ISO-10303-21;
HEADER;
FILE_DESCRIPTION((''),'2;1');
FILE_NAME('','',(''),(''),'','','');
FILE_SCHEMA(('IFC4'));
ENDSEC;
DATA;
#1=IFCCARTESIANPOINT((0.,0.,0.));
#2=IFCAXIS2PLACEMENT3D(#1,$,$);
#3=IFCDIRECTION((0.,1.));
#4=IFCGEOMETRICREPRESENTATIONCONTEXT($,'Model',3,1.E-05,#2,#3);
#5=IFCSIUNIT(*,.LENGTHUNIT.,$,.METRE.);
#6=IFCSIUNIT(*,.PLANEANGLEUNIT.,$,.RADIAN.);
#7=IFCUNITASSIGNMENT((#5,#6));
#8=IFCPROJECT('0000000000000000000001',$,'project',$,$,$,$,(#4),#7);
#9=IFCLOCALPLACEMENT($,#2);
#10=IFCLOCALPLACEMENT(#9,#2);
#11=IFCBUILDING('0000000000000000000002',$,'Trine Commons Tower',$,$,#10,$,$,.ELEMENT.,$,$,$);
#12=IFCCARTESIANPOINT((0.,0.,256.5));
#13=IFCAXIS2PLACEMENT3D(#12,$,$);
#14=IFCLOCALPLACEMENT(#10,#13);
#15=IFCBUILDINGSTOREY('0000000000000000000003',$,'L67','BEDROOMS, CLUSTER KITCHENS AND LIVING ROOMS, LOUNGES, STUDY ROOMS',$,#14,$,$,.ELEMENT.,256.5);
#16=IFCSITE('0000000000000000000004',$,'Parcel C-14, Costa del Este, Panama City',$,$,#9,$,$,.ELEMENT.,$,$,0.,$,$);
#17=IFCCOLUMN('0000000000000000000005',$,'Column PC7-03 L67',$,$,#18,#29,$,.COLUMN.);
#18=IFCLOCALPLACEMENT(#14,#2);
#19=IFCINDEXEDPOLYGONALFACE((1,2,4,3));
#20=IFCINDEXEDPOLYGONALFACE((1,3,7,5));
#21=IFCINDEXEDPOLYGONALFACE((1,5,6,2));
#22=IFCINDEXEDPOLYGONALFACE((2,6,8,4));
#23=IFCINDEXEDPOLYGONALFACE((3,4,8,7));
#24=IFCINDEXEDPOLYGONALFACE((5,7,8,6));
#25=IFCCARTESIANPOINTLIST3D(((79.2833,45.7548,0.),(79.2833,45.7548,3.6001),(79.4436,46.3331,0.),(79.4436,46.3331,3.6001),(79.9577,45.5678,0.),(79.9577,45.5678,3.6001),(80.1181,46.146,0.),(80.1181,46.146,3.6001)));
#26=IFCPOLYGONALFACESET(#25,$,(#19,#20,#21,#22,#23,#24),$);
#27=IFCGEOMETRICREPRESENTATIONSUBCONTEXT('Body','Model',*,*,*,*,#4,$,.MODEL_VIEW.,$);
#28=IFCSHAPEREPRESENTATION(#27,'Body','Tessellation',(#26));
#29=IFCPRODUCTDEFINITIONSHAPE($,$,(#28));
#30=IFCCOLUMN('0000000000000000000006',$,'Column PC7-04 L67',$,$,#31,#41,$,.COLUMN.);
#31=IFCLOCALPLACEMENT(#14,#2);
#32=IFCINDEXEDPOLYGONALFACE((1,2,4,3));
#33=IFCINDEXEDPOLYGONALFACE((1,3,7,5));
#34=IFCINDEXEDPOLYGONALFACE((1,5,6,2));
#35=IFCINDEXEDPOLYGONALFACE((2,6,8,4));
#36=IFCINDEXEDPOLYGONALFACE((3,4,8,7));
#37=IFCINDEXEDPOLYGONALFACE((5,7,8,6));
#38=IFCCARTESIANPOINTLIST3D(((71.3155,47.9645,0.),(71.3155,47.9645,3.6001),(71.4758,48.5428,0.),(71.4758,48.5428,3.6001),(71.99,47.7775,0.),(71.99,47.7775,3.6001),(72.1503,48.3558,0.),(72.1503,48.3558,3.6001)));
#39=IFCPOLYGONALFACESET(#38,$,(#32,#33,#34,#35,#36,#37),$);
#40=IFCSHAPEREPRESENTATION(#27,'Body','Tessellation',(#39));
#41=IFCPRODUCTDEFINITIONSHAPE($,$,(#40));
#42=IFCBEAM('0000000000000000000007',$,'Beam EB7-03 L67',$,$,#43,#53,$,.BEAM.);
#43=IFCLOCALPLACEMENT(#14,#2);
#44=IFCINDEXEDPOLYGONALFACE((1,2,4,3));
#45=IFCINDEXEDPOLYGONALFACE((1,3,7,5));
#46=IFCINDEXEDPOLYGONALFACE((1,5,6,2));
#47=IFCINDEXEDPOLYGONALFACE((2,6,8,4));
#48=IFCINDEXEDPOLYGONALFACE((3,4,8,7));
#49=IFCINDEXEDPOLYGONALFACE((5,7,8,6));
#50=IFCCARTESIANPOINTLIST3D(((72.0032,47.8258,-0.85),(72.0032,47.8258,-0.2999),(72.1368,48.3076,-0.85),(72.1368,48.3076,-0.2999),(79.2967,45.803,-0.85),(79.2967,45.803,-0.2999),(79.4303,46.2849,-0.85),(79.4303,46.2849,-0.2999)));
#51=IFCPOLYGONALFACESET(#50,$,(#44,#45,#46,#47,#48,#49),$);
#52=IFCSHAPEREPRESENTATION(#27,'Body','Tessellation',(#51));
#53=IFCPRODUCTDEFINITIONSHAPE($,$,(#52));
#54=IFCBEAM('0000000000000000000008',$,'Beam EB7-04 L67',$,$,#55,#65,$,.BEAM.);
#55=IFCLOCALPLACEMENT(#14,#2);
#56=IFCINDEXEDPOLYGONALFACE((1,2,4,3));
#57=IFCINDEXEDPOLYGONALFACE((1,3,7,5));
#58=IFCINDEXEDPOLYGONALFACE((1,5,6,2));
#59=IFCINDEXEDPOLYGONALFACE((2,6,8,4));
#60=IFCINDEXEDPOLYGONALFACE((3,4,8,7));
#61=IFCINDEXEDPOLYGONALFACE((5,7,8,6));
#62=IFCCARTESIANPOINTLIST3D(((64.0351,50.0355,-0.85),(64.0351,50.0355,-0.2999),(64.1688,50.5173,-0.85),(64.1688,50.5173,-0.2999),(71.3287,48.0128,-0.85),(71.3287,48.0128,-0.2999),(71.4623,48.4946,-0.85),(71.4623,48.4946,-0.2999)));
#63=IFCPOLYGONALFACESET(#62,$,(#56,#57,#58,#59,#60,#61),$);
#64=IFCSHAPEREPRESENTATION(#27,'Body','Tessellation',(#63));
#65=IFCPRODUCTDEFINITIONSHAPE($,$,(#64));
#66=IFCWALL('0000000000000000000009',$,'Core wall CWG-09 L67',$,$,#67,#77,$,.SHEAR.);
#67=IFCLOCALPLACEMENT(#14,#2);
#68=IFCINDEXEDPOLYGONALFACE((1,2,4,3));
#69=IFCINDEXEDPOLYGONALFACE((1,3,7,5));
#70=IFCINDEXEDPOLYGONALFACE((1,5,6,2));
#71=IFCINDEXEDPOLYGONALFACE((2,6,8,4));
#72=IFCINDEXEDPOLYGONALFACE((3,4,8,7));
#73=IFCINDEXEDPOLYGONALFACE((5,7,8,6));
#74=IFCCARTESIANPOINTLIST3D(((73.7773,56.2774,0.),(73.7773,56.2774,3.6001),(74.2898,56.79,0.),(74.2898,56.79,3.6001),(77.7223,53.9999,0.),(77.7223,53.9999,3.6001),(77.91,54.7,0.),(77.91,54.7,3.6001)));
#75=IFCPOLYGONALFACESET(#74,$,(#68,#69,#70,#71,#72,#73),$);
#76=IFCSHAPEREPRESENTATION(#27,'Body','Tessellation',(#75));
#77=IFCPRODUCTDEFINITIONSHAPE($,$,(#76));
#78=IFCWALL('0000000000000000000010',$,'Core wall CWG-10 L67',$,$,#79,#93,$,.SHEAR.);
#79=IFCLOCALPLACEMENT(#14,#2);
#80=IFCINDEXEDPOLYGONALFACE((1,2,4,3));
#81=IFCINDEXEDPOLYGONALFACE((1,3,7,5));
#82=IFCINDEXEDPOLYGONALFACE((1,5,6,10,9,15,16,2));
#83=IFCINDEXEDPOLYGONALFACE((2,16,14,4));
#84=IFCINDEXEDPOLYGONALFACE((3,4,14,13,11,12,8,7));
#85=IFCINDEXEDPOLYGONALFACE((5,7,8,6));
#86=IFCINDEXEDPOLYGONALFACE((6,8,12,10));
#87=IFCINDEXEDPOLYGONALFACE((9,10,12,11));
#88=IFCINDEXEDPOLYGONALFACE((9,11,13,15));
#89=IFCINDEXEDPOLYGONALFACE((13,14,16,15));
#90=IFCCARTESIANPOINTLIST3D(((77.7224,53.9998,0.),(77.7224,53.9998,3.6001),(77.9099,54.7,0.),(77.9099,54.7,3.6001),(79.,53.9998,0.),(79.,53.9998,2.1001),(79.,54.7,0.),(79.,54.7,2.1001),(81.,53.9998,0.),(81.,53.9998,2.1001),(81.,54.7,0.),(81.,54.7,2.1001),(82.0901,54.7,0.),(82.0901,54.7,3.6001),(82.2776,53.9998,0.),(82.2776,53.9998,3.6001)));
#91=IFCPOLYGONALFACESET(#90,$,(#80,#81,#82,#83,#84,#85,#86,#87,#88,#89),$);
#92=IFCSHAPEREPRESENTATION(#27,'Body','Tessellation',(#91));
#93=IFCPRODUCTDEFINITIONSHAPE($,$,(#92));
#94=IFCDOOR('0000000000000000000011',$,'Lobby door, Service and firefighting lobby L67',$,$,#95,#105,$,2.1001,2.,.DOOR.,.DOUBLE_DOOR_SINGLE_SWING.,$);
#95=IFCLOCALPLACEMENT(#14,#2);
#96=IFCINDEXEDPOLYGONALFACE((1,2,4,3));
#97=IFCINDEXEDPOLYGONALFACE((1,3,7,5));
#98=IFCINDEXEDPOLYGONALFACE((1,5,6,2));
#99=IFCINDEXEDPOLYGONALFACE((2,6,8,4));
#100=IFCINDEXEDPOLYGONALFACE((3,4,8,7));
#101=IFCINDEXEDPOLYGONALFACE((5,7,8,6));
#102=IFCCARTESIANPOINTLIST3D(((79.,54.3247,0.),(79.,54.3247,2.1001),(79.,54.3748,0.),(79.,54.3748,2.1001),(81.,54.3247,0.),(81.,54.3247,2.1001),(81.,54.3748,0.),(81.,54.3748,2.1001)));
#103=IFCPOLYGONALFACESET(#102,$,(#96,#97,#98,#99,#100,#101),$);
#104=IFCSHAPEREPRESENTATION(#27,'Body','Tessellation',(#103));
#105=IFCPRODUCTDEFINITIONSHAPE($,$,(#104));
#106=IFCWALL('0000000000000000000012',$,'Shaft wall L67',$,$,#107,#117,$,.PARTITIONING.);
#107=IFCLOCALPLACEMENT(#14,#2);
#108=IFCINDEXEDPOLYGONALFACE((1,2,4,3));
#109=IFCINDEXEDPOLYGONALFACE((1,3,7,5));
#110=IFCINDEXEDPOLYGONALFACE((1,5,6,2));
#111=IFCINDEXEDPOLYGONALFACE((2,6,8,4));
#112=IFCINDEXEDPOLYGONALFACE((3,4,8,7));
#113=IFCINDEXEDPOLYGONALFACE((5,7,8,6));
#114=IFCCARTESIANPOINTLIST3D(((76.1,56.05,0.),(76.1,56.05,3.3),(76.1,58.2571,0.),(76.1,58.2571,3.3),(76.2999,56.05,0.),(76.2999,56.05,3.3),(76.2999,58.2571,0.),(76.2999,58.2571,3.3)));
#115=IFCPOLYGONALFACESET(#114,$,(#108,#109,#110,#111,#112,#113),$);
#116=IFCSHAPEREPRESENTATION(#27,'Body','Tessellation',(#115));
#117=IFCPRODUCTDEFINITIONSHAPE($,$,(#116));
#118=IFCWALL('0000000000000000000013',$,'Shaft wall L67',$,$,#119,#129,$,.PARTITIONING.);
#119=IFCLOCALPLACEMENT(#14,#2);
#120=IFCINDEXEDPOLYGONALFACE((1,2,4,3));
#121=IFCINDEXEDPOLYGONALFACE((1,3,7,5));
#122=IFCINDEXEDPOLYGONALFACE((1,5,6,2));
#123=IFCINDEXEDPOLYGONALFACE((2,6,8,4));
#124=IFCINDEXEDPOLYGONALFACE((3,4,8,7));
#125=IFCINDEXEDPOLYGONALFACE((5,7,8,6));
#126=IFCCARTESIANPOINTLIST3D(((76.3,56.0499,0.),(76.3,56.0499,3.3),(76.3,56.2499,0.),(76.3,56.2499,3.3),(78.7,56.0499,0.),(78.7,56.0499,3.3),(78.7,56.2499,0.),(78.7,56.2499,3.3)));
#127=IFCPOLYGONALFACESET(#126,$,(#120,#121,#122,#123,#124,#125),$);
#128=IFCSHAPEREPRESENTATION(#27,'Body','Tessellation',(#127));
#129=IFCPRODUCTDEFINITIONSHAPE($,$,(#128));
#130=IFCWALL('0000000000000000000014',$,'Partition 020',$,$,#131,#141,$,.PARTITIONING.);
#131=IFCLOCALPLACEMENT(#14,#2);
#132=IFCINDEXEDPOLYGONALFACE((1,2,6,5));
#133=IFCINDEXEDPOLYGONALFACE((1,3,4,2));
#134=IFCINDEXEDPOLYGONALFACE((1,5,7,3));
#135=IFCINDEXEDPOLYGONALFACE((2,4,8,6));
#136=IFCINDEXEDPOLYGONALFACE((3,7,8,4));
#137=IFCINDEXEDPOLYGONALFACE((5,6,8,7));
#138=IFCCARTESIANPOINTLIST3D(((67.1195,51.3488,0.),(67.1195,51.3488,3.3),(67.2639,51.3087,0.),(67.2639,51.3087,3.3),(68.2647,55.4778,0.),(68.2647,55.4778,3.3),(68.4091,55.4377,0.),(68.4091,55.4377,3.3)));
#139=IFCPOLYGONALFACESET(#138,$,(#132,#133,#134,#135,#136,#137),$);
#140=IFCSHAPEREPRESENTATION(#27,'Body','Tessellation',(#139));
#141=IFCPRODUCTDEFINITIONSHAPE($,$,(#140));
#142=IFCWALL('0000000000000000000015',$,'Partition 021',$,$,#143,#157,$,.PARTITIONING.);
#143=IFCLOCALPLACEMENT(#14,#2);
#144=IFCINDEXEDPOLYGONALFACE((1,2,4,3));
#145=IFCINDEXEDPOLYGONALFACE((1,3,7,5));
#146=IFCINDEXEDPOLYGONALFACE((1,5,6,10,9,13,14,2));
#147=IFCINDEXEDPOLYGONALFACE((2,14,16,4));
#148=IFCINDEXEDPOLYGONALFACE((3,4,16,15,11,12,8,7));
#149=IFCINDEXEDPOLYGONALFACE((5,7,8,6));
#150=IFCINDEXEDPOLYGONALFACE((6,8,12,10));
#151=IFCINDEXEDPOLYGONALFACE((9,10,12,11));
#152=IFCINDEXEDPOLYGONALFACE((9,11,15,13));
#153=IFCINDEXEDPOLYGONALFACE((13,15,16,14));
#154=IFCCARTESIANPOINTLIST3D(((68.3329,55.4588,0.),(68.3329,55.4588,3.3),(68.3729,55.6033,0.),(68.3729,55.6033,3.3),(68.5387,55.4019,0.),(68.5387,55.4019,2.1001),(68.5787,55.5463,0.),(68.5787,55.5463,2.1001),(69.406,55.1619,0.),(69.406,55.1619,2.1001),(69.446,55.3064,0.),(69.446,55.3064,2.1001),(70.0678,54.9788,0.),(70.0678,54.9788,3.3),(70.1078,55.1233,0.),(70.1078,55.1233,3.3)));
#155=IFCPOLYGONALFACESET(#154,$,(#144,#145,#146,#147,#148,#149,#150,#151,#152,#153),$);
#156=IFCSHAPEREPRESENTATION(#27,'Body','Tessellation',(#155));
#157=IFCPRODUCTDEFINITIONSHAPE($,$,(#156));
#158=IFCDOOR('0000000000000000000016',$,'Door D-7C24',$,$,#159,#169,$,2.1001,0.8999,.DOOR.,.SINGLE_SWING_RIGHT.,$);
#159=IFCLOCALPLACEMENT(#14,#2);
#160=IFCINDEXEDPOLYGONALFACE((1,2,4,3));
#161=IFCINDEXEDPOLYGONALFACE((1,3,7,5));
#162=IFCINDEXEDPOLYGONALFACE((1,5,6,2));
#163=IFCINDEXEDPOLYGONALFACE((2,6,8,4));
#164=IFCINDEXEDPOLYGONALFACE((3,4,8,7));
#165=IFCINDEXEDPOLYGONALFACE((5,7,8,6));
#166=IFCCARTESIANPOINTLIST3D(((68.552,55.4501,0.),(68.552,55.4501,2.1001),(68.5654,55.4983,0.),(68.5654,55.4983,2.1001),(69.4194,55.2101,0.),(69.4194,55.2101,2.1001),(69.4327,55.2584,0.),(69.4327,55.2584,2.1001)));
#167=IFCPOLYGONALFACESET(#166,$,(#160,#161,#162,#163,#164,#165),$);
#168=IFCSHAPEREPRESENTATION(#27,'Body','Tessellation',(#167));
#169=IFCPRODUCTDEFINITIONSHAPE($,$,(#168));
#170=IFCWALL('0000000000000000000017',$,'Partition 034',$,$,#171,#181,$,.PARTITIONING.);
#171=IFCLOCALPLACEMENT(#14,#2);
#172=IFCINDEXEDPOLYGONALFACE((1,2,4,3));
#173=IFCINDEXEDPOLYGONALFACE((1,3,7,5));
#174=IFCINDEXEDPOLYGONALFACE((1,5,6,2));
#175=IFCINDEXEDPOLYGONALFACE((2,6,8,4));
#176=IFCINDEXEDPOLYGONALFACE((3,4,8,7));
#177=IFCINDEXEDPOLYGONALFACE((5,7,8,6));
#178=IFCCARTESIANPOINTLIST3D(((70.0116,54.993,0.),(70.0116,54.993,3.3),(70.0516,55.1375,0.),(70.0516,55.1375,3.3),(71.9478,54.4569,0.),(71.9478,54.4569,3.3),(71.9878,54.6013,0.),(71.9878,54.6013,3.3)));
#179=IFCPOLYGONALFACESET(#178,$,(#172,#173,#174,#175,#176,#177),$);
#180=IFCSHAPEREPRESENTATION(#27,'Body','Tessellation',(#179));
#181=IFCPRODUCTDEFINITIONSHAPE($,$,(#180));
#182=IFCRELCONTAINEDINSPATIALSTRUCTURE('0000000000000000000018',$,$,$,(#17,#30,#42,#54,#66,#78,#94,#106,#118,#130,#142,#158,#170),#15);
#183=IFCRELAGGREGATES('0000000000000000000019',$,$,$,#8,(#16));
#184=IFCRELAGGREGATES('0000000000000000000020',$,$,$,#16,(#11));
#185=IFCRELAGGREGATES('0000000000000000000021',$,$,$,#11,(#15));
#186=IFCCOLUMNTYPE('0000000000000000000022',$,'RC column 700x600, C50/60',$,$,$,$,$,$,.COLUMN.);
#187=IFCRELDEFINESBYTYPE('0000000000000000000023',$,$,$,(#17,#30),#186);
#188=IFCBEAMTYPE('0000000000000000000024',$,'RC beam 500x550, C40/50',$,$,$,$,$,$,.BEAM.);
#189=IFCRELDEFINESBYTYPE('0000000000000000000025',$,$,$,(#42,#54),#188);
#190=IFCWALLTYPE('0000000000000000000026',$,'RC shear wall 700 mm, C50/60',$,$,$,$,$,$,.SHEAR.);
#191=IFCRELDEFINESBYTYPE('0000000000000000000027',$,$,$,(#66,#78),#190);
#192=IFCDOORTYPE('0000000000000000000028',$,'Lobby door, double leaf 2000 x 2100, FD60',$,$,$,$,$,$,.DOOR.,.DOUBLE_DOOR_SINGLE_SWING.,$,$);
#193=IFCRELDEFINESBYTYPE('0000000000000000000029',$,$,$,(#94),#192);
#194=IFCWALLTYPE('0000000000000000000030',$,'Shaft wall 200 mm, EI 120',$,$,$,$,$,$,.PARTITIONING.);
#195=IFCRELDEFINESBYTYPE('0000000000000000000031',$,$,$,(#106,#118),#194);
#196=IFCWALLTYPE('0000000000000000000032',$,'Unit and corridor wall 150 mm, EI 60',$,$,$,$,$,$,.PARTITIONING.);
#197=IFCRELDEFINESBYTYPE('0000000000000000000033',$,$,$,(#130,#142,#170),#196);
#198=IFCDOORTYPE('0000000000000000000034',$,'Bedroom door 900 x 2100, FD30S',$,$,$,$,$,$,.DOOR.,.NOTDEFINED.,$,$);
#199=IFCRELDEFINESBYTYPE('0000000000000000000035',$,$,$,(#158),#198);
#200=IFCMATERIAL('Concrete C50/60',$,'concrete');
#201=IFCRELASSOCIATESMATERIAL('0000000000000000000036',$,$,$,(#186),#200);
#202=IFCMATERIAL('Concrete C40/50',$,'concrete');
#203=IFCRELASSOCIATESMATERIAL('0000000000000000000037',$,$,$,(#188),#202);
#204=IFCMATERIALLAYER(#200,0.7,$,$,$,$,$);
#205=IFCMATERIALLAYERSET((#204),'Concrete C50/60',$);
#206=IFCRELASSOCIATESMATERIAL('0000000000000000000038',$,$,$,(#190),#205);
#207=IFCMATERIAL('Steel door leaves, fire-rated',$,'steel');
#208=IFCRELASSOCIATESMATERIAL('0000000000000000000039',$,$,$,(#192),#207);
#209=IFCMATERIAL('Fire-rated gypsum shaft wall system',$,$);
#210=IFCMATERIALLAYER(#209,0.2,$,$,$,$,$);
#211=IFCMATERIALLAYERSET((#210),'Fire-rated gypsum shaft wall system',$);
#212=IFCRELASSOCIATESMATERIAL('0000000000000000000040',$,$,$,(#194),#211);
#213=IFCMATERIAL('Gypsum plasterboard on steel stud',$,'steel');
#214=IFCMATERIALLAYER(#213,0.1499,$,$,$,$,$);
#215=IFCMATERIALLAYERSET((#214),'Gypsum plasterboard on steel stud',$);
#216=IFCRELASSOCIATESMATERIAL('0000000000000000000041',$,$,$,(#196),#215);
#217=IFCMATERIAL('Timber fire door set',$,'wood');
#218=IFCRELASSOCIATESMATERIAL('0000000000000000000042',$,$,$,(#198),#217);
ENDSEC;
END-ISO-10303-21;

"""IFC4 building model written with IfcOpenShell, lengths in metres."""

from ifc_helpers import new_model, si_unit, direction, frame, frame_2d, origin, origin_2d, place, context, subcontext, project, spatial, polyline, rectangle, outline, extrude, material, layer, layer_set, material_profile, profile_set, type_object, element, fill, save


model = new_model("IFC4")

# Units and contexts
model_context = context("Model", 3, precision=1e-05, world=origin(), true_north=direction((0.0, 1.0)))
body_context = subcontext(model_context, "Body", "Model", "MODEL_VIEW")
ifc_project = project(units=[si_unit("LENGTHUNIT", "METRE"), si_unit("PLANEANGLEUNIT", "RADIAN")], contexts=[model_context])

# Site, building, storey
site_placement = place(None, origin())
site = spatial("IfcSite", under=ifc_project, at=site_placement, Name="Parcel C-14, Costa del Este, Panama City", CompositionType="ELEMENT", RefElevation=0.0)
building_placement = place(site_placement, origin())
building = spatial("IfcBuilding", under=site, at=building_placement, Name="Trine Commons Tower", CompositionType="ELEMENT")
storey_placement = place(building_placement, frame((0.0, 0.0, 256.5)))
storey = spatial("IfcBuildingStorey", under=building, at=storey_placement, Name="L67", Description="BEDROOMS, CLUSTER KITCHENS AND LIVING ROOMS, LOUNGES, STUDY ROOMS", CompositionType="ELEMENT", Elevation=256.5)

# Columns
ifc_material_1 = material(Name="Concrete C50/60", Category="concrete")
ifc_material_profile_1 = material_profile(ifc_material_1, rectangle(XDim=0.7, YDim=0.6001, at=origin_2d()), Name="RC 700x600")
ifc_profile_set_1 = profile_set([ifc_material_profile_1], Name="Concrete C50/60")
column_type = type_object("IfcColumnType", Name="RC column 700x600, C50/60", PredefinedType="COLUMN", material=ifc_profile_set_1)
for number, where, z_axis, x_axis, name in (
    (1, (79.7007, 45.9504, 0.0), (0.0, 0.0, 1.0), (-0.96363, 0.267238, 0.0), "Column PC7-03 L67"),
    (2, (71.7329, 48.1602, 0.0), (0.0, 0.0, 1.0), (-0.96363, 0.267238, 0.0), "Column PC7-04 L67"),
):
    element("IfcColumn", number, at=place(storey_placement, frame(where, z_axis=z_axis, x_axis=x_axis)), inside=storey, type_object=column_type, Name=name, PredefinedType="COLUMN", context=body_context, shape_type="SweptSolid", body=[
        extrude(rectangle(XDim=0.7, YDim=0.6001, at=origin_2d()), origin(), (0.0, 0.0, 1.0), 3.6001),
    ])

# Beams
ifc_material_2 = material(Name="Concrete C40/50", Category="concrete")
ifc_material_profile_2 = material_profile(ifc_material_2, rectangle(XDim=0.5, YDim=0.55, at=origin_2d()), Name="RC 500x550")
ifc_profile_set_2 = profile_set([ifc_material_profile_2], Name="Concrete C40/50")
beam_type = type_object("IfcBeamType", Name="RC beam 500x550, C40/50", PredefinedType="BEAM", material=ifc_profile_set_2)
for number, where, z_axis, x_axis, name in (
    (3, (79.3635, 46.0439, -0.575), (-0.963629, 0.267245, 0.0), (-0.267245, -0.963629, 0.0), "Beam EB7-03 L67"),
    (4, (71.3955, 48.2537, -0.575), (-0.963629, 0.267245, 0.0), (-0.267245, -0.963629, 0.0), "Beam EB7-04 L67"),
):
    element("IfcBeam", number, at=place(storey_placement, frame(where, z_axis=z_axis, x_axis=x_axis)), inside=storey, type_object=beam_type, Name=name, PredefinedType="BEAM", context=body_context, shape_type="SweptSolid", body=[
        extrude(rectangle(XDim=0.5, YDim=0.55, at=origin_2d()), origin(), (0.0, 0.0, 1.0), 7.5688),
    ])

# Wall
ifc_layer_1 = layer(ifc_material_1, 0.7)
ifc_layer_set_1 = layer_set([ifc_layer_1], Name="Concrete C50/60")
wall_type_1 = type_object("IfcWallType", Name="RC shear wall 700 mm, C50/60", PredefinedType="SHEAR", material=ifc_layer_set_1)
wall_1_placement = place(storey_placement, frame((73.9524, 56.5806, 0.0), z_axis=(0.0, 0.0, 1.0), x_axis=(0.866035, -0.499984, 0.0)))
element("IfcWall", 5, at=wall_1_placement, inside=storey, type_object=wall_type_1, Name="Core wall CWG-09 L67", PredefinedType="SHEAR", context=body_context, shape_type="SweptSolid", body=[
    extrude(outline(polyline([(0.0, -0.3501), (4.5552, -0.3501), (4.3677, 0.3501), (0.1875, 0.3501), (0.0, -0.3501)])), origin(), (0.0, 0.0, 1.0), 3.6001),
])

# Wall, opening, door
wall_2_placement = place(storey_placement, frame((77.7224, 54.3499, 0.0), z_axis=(0.0, 0.0, 1.0), x_axis=(1.0, 0.0, 0.0)))
wall_2 = element("IfcWall", 6, at=wall_2_placement, inside=storey, type_object=wall_type_1, Name="Core wall CWG-10 L67", PredefinedType="SHEAR", context=body_context, shape_type="SweptSolid", body=[
    extrude(outline(polyline([(0.0, -0.3501), (4.5552, -0.3501), (4.3677, 0.3501), (0.1875, 0.3501), (0.0, -0.3501)])), origin(), (0.0, 0.0, 1.0), 3.6001),
])
opening_1_placement = place(wall_2_placement, frame((1.2776, 0.0, 0.0)))
opening_1 = element("IfcOpeningElement", 7, at=opening_1_placement, cuts=wall_2, PredefinedType="OPENING", context=body_context, shape_type="SweptSolid", body=[
    extrude(rectangle(XDim=2.0, YDim=2.1001, at=frame_2d((1.0, 1.05))), frame((0.0, 0.3599, 0.0), z_axis=(0.0, -1.0, 0.0), x_axis=(1.0, 0.0, 0.0)), (0.0, 0.0, 1.0), 0.72),
])
ifc_material_3 = material(Name="Steel door leaves, fire-rated", Category="steel")
door_type_1 = type_object("IfcDoorType", Name="Lobby door, double leaf 2000 x 2100, FD60", OperationType="DOUBLE_DOOR_SINGLE_SWING", PredefinedType="DOOR", material=ifc_material_3)
door_1_placement = place(opening_1_placement, origin())
door_1 = element("IfcDoor", 8, at=door_1_placement, inside=storey, type_object=door_type_1, Name="Lobby door, Service and firefighting lobby L67", OperationType="DOUBLE_DOOR_SINGLE_SWING", OverallHeight=2.1001, OverallWidth=2.0, PredefinedType="DOOR", context=body_context, shape_type="SweptSolid", body=[
    extrude(rectangle(XDim=2.0, YDim=2.1001, at=frame_2d((1.0, 1.05))), frame((0.0, 0.0249, 0.0), z_axis=(0.0, -1.0, 0.0), x_axis=(1.0, 0.0, 0.0)), (0.0, 0.0, 1.0), 0.05),
])
fill(opening_1, door_1)

# Walls
ifc_material_4 = material(Name="Fire-rated gypsum shaft wall system")
ifc_layer_2 = layer(ifc_material_4, 0.2)
ifc_layer_set_2 = layer_set([ifc_layer_2], Name="Fire-rated gypsum shaft wall system")
wall_type_2 = type_object("IfcWallType", Name="Shaft wall 200 mm, EI 120", PredefinedType="PARTITIONING", material=ifc_layer_set_2)
wall_3_placement = place(storey_placement, frame((76.2, 58.2571, 0.0), z_axis=(0.0, 0.0, 1.0), x_axis=(0.0, -1.0, 0.0)))
element("IfcWall", 9, at=wall_3_placement, inside=storey, type_object=wall_type_2, Name="Shaft wall L67", PredefinedType="PARTITIONING", context=body_context, shape_type="SweptSolid", body=[
    extrude(rectangle(XDim=2.207, YDim=0.2, at=frame_2d((1.1035, 0.0))), origin(), (0.0, 0.0, 1.0), 3.3),
])
wall_4_placement = place(storey_placement, frame((78.7, 56.1499, 0.0), z_axis=(0.0, 0.0, 1.0), x_axis=(-1.0, 0.0, 0.0)))
element("IfcWall", 10, at=wall_4_placement, inside=storey, type_object=wall_type_2, Name="Shaft wall L67", PredefinedType="PARTITIONING", context=body_context, shape_type="SweptSolid", body=[
    extrude(rectangle(XDim=2.3999, YDim=0.2, at=frame_2d((1.2, 0.0))), origin(), (0.0, 0.0, 1.0), 3.3),
])
ifc_material_5 = material(Name="Gypsum plasterboard on steel stud", Category="steel")
ifc_layer_3 = layer(ifc_material_5, 0.1499)
ifc_layer_set_3 = layer_set([ifc_layer_3], Name="Gypsum plasterboard on steel stud")
wall_type_3 = type_object("IfcWallType", Name="Unit and corridor wall 150 mm, EI 60", PredefinedType="PARTITIONING", material=ifc_layer_set_3)
wall_5_placement = place(storey_placement, frame((67.1917, 51.3286, 0.0), z_axis=(0.0, 0.0, 1.0), x_axis=(0.267271, 0.963622, 0.0)))
element("IfcWall", 11, at=wall_5_placement, inside=storey, type_object=wall_type_3, Name="Partition 020", PredefinedType="PARTITIONING", context=body_context, shape_type="SweptSolid", body=[
    extrude(rectangle(XDim=4.2849, YDim=0.1499, at=frame_2d((2.1426, 0.0))), origin(), (0.0, 0.0, 1.0), 3.3),
])

# Wall, opening, door
wall_6_placement = place(storey_placement, frame((68.353, 55.531, 0.0), z_axis=(0.0, 0.0, 1.0), x_axis=(0.963793, -0.26665, 0.0)))
wall_6 = element("IfcWall", 12, at=wall_6_placement, inside=storey, type_object=wall_type_3, Name="Partition 021", PredefinedType="PARTITIONING", context=body_context, shape_type="SweptSolid", body=[
    extrude(rectangle(XDim=1.8, YDim=0.1499, at=frame_2d((0.8999, 0.0))), origin(), (0.0, 0.0, 1.0), 3.3),
])
opening_2_placement = place(wall_6_placement, frame((0.2134, 0.0, 0.0)))
opening_2 = element("IfcOpeningElement", 13, at=opening_2_placement, cuts=wall_6, PredefinedType="OPENING", context=body_context, shape_type="SweptSolid", body=[
    extrude(rectangle(XDim=0.8999, YDim=2.1001, at=frame_2d((0.45, 1.05))), frame((0.0, 0.085, 0.0), z_axis=(0.0, -1.0, 0.0), x_axis=(1.0, 0.0, 0.0)), (0.0, 0.0, 1.0), 0.1699),
])
ifc_material_6 = material(Name="Timber fire door set", Category="wood")
door_type_2 = type_object("IfcDoorType", Name="Bedroom door 900 x 2100, FD30S", OperationType="NOTDEFINED", PredefinedType="DOOR", material=ifc_material_6)
door_2_placement = place(opening_2_placement, frame((0.8999, 0.0, 0.0), z_axis=(0.0, 0.0, 1.0), x_axis=(-1.0, 0.0, 0.0)))
door_2 = element("IfcDoor", 14, at=door_2_placement, inside=storey, type_object=door_type_2, Name="Door D-7C24", OperationType="SINGLE_SWING_RIGHT", OverallHeight=2.1001, OverallWidth=0.8999, PredefinedType="DOOR", context=body_context, shape_type="SweptSolid", body=[
    extrude(rectangle(XDim=0.8999, YDim=2.1001, at=frame_2d((0.45, 1.05))), frame((0.0, 0.0249, 0.0), z_axis=(0.0, -1.0, 0.0), x_axis=(1.0, 0.0, 0.0)), (0.0, 0.0, 1.0), 0.05),
])
fill(opening_2, door_2)

# Wall
wall_7_placement = place(storey_placement, frame((70.0317, 55.0652, 0.0), z_axis=(0.0, 0.0, 1.0), x_axis=(0.963739, -0.266848, 0.0)))
element("IfcWall", 15, at=wall_7_placement, inside=storey, type_object=wall_type_3, Name="Partition 034", PredefinedType="PARTITIONING", context=body_context, shape_type="SweptSolid", body=[
    extrude(rectangle(XDim=2.009, YDim=0.1499, at=frame_2d((1.0044, 0.0))), origin(), (0.0, 0.0, 1.0), 3.3),
])

save(model, "model.ifc")
